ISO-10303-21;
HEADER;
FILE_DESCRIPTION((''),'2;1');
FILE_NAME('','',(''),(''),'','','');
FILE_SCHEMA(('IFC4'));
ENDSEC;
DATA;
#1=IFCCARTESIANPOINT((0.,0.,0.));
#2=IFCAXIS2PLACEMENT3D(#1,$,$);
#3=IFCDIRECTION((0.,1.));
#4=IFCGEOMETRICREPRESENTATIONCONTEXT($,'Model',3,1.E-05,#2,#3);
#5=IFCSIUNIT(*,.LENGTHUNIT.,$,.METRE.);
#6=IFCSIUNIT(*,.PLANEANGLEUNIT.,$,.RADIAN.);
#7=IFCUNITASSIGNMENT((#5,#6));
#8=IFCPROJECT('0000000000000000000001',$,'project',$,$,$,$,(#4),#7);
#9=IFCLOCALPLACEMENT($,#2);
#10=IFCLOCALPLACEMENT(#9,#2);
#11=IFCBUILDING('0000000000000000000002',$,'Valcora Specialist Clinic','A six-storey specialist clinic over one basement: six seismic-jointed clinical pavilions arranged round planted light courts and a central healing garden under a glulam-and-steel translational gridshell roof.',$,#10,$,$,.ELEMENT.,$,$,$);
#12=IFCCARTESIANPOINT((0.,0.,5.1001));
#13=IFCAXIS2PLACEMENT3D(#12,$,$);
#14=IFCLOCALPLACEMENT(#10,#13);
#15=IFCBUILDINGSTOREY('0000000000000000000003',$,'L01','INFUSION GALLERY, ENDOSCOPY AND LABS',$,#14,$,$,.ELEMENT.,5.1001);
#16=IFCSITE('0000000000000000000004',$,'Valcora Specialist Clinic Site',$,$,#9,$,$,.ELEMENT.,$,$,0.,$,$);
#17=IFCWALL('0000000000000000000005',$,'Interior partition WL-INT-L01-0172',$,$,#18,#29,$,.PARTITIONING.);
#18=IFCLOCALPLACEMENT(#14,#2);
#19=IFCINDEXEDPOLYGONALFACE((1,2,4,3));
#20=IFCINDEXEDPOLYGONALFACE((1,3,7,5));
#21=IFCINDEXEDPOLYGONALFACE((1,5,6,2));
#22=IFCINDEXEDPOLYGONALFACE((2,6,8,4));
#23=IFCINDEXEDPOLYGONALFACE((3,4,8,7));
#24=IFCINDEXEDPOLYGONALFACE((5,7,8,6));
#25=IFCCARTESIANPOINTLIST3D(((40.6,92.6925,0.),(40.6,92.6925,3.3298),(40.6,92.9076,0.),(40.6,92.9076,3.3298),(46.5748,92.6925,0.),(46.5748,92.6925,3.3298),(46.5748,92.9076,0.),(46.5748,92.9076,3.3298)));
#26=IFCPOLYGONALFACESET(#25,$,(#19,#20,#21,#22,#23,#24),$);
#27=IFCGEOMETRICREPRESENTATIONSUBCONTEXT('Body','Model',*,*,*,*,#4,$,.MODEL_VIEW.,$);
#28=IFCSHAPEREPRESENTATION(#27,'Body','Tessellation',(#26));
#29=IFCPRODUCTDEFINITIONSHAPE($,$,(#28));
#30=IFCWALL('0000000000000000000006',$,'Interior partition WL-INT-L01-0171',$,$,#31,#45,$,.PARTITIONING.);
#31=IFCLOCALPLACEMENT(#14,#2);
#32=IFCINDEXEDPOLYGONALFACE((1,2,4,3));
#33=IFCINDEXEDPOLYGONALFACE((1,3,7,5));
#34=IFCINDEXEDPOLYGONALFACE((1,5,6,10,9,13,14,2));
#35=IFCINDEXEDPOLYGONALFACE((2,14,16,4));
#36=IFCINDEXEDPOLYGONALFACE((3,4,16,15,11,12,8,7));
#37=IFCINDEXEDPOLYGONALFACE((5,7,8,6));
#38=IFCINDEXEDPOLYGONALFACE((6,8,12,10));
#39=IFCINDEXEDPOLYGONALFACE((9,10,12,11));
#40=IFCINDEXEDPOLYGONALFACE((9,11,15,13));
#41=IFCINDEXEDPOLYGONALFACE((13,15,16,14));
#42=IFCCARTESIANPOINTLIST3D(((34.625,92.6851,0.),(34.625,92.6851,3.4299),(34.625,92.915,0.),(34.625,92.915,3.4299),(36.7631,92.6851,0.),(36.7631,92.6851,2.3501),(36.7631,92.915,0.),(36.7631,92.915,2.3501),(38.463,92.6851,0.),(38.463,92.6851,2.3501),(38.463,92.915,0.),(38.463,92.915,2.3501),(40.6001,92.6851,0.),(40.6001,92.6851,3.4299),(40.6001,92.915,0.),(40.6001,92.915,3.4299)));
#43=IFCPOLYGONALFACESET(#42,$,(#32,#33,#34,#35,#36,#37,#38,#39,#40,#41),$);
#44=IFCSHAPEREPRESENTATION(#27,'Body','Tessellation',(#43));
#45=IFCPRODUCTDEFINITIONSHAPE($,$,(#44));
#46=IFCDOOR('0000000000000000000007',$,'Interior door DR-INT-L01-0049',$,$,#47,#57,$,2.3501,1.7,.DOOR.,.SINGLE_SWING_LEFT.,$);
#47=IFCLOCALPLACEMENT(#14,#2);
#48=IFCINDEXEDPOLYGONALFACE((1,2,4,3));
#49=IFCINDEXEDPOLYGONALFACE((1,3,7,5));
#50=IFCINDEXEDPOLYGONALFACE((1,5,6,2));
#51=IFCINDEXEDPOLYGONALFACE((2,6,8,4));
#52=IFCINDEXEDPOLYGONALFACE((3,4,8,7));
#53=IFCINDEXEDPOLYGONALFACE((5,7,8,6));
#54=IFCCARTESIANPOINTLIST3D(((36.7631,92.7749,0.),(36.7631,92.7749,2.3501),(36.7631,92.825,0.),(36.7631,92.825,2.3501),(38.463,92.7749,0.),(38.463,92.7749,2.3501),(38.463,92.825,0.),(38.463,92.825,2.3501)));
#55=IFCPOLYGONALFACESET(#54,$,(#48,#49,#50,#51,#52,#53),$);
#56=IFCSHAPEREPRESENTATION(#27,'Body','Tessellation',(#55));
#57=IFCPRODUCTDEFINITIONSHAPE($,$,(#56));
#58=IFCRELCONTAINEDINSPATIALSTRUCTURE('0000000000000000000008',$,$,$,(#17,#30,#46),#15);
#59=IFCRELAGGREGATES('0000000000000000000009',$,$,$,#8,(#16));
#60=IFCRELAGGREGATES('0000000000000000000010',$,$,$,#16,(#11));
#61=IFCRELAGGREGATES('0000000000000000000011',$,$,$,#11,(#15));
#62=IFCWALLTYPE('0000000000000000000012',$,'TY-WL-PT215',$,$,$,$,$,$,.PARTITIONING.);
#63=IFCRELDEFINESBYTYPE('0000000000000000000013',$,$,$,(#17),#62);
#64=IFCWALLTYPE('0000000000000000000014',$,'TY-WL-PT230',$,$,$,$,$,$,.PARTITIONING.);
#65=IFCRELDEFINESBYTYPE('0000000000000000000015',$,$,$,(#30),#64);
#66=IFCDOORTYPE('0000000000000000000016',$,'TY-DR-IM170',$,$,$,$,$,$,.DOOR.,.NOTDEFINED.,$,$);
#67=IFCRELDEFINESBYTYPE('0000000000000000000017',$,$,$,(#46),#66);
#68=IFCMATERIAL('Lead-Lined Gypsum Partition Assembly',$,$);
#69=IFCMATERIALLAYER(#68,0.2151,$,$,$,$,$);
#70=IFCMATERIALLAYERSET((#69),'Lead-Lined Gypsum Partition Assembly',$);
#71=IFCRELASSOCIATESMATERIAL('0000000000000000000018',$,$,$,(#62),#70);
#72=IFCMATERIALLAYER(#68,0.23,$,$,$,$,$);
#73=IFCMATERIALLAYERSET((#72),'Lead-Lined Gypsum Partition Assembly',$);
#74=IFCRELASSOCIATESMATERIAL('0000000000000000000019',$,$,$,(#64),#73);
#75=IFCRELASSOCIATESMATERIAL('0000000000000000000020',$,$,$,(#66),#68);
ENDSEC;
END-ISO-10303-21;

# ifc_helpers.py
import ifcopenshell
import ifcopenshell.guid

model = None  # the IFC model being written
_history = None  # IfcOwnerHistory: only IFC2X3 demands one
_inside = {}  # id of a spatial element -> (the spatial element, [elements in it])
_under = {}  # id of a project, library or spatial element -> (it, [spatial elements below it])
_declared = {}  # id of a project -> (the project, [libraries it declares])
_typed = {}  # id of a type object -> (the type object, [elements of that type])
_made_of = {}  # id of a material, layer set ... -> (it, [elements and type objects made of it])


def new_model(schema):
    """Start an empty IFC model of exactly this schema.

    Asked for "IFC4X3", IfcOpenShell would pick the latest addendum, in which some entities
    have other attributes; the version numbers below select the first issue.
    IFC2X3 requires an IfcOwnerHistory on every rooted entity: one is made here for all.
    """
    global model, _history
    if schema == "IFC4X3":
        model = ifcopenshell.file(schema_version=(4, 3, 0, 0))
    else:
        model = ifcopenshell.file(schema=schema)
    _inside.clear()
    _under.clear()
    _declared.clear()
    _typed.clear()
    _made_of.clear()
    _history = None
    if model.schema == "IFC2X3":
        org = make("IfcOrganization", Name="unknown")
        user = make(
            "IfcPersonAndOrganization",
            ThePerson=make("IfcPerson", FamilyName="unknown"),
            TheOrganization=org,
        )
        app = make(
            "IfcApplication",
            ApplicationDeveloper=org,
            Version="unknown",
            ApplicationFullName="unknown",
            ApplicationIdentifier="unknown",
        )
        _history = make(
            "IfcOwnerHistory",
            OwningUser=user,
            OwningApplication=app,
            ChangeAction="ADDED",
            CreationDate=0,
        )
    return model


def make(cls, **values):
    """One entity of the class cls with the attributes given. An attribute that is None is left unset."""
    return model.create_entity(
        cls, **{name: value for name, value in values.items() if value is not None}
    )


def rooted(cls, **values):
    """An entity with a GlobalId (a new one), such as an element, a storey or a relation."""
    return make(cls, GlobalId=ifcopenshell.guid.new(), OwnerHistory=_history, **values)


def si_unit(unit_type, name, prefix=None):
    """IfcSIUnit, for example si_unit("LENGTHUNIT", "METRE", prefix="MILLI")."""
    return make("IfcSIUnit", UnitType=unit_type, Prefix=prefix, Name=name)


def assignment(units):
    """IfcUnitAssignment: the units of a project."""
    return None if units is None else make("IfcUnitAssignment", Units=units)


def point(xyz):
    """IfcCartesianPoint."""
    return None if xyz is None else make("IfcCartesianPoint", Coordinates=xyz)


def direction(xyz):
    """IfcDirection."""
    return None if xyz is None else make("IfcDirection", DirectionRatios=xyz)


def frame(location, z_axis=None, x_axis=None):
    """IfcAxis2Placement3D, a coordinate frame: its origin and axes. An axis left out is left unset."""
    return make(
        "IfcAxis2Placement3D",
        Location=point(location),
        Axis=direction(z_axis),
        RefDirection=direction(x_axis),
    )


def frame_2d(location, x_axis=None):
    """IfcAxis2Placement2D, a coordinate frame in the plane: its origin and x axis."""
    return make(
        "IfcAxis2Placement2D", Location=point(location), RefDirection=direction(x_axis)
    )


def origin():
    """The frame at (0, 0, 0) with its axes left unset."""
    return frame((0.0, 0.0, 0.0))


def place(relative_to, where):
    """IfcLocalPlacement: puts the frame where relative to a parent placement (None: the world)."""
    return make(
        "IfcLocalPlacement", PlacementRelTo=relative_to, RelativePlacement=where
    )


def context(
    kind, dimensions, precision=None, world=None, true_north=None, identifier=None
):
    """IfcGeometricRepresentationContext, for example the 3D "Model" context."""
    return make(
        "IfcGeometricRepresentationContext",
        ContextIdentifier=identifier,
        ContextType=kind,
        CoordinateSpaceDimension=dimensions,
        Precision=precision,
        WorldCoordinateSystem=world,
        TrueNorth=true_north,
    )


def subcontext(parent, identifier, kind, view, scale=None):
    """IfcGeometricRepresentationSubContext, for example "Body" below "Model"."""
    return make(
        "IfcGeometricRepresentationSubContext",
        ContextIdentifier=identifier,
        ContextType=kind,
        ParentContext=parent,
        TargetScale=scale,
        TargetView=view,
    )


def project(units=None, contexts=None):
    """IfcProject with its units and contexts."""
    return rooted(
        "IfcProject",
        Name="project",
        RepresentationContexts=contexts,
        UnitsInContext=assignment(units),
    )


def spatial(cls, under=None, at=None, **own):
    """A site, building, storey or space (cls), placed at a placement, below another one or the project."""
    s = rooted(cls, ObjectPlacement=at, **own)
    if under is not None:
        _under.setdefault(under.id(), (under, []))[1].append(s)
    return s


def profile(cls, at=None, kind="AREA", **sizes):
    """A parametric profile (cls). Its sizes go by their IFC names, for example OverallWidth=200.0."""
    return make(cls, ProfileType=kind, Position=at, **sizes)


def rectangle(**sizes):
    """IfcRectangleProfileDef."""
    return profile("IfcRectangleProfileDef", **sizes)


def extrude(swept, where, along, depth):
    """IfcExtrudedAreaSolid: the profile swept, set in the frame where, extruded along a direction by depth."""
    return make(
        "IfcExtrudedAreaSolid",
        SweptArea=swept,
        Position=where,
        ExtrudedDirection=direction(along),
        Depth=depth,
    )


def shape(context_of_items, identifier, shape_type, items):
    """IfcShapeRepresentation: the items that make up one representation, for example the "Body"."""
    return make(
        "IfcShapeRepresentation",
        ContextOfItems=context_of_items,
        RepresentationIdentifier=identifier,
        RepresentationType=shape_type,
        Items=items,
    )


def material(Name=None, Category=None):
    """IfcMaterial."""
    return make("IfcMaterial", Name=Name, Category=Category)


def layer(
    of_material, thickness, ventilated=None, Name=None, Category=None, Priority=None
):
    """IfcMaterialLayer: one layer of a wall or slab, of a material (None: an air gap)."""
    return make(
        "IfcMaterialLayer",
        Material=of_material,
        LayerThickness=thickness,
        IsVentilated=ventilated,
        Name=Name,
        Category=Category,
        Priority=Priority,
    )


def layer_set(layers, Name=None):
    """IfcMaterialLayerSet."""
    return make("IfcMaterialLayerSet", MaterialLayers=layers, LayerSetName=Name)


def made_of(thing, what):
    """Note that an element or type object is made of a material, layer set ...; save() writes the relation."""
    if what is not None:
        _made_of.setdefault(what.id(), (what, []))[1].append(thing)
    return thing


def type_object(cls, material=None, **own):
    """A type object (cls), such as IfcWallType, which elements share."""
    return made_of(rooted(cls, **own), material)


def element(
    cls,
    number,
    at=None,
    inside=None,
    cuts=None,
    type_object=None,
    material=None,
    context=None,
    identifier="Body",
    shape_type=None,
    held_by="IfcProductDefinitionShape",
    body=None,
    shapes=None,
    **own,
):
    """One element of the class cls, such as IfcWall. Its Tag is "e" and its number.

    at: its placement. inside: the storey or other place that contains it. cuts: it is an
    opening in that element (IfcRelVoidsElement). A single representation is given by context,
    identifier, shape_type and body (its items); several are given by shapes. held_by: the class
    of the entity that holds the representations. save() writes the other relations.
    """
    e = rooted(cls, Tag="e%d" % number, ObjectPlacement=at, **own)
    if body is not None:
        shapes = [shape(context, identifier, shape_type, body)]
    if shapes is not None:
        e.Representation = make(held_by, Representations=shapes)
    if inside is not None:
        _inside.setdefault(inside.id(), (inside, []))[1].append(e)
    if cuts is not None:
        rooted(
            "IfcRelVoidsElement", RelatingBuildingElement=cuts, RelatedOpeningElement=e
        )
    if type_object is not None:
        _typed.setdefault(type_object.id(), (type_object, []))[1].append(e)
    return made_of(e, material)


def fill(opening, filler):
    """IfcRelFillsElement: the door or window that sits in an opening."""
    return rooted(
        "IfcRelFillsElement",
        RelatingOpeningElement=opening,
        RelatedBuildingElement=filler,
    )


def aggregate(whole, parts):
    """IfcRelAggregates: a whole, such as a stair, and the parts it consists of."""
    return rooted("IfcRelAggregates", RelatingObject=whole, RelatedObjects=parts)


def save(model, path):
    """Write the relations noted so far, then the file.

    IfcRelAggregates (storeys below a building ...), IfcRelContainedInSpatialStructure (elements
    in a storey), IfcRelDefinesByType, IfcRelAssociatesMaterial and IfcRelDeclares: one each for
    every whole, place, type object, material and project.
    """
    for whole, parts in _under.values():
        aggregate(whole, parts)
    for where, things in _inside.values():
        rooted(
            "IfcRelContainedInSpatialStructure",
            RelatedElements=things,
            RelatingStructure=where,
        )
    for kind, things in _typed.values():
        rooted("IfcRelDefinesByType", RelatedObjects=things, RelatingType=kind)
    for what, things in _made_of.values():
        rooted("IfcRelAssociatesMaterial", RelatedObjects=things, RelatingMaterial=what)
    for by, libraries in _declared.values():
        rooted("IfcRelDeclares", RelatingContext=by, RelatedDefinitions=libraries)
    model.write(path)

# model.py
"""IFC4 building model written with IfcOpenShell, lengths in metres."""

from ifc_helpers import new_model, si_unit, direction, frame, frame_2d, origin, place, context, subcontext, project, spatial, rectangle, extrude, material, layer, layer_set, type_object, element, fill, save


model = new_model("IFC4")

# Units and contexts
model_context = context("Model", 3, precision=1e-05, world=origin(), true_north=direction((0.0, 1.0)))
body_context = subcontext(model_context, "Body", "Model", "MODEL_VIEW")
ifc_project = project(units=[si_unit("LENGTHUNIT", "METRE"), si_unit("PLANEANGLEUNIT", "RADIAN")], contexts=[model_context])

# Site, building, storey
site_placement = place(None, origin())
site = spatial("IfcSite", under=ifc_project, at=site_placement, Name="Valcora Specialist Clinic Site", CompositionType="ELEMENT", RefElevation=0.0)
building_placement = place(site_placement, origin())
building = spatial("IfcBuilding", under=site, at=building_placement, Name="Valcora Specialist Clinic", Description="A six-storey specialist clinic over one basement: six seismic-jointed clinical pavilions arranged round planted light courts and a central healing garden under a glulam-and-steel translational gridshell roof.", CompositionType="ELEMENT")
storey_placement = place(building_placement, frame((0.0, 0.0, 5.1001)))
storey = spatial("IfcBuildingStorey", under=building, at=storey_placement, Name="L01", Description="INFUSION GALLERY, ENDOSCOPY AND LABS", CompositionType="ELEMENT", Elevation=5.1001)

# Wall
ifc_material_1 = material(Name="Lead-Lined Gypsum Partition Assembly")
ifc_layer_1 = layer(ifc_material_1, 0.2151)
ifc_layer_set_1 = layer_set([ifc_layer_1], Name="Lead-Lined Gypsum Partition Assembly")
wall_type_1 = type_object("IfcWallType", Name="TY-WL-PT215", PredefinedType="PARTITIONING", material=ifc_layer_set_1)
wall_1_placement = place(storey_placement, frame((40.6001, 92.8, 0.0), z_axis=(0.0, 0.0, 1.0), x_axis=(1.0, 0.0, 0.0)))
element("IfcWall", 1, at=wall_1_placement, inside=storey, type_object=wall_type_1, Name="Interior partition WL-INT-L01-0172", PredefinedType="PARTITIONING", context=body_context, shape_type="SweptSolid", body=[
    extrude(rectangle(XDim=5.9749, YDim=0.2151, at=frame_2d((2.9873, 0.0))), origin(), (0.0, 0.0, 1.0), 3.3298),
])

# Wall, opening, door
ifc_layer_2 = layer(ifc_material_1, 0.23)
ifc_layer_set_2 = layer_set([ifc_layer_2], Name="Lead-Lined Gypsum Partition Assembly")
wall_type_2 = type_object("IfcWallType", Name="TY-WL-PT230", PredefinedType="PARTITIONING", material=ifc_layer_set_2)
wall_2_placement = place(storey_placement, frame((34.625, 92.8, 0.0), z_axis=(0.0, 0.0, 1.0), x_axis=(1.0, 0.0, 0.0)))
wall_2 = element("IfcWall", 2, at=wall_2_placement, inside=storey, type_object=wall_type_2, Name="Interior partition WL-INT-L01-0171", PredefinedType="PARTITIONING", context=body_context, shape_type="SweptSolid", body=[
    extrude(rectangle(XDim=5.9751, YDim=0.23, at=frame_2d((2.9875, 0.0))), origin(), (0.0, 0.0, 1.0), 3.4299),
])
opening_1_placement = place(wall_2_placement, frame((2.1379, 0.0, 0.0)))
opening_1 = element("IfcOpeningElement", 3, at=opening_1_placement, cuts=wall_2, PredefinedType="OPENING", context=body_context, shape_type="SweptSolid", body=[
    extrude(rectangle(XDim=1.7, YDim=2.3501, at=frame_2d((0.8501, 1.175))), frame((0.0, 0.125, 0.0), z_axis=(0.0, -1.0, 0.0), x_axis=(1.0, 0.0, 0.0)), (0.0, 0.0, 1.0), 0.25),
])
door_type_1 = type_object("IfcDoorType", Name="TY-DR-IM170", OperationType="NOTDEFINED", PredefinedType="DOOR", material=ifc_material_1)
door_1_placement = place(opening_1_placement, origin())
door_1 = element("IfcDoor", 4, at=door_1_placement, inside=storey, type_object=door_type_1, Name="Interior door DR-INT-L01-0049", OperationType="SINGLE_SWING_LEFT", OverallHeight=2.3501, OverallWidth=1.7, PredefinedType="DOOR", context=body_context, shape_type="SweptSolid", body=[
    extrude(rectangle(XDim=1.7, YDim=2.3501, at=frame_2d((0.8501, 1.175))), frame((0.0, 0.0249, 0.0), z_axis=(0.0, -1.0, 0.0), x_axis=(1.0, 0.0, 0.0)), (0.0, 0.0, 1.0), 0.05),
])
fill(opening_1, door_1)

save(model, "model.ifc")
